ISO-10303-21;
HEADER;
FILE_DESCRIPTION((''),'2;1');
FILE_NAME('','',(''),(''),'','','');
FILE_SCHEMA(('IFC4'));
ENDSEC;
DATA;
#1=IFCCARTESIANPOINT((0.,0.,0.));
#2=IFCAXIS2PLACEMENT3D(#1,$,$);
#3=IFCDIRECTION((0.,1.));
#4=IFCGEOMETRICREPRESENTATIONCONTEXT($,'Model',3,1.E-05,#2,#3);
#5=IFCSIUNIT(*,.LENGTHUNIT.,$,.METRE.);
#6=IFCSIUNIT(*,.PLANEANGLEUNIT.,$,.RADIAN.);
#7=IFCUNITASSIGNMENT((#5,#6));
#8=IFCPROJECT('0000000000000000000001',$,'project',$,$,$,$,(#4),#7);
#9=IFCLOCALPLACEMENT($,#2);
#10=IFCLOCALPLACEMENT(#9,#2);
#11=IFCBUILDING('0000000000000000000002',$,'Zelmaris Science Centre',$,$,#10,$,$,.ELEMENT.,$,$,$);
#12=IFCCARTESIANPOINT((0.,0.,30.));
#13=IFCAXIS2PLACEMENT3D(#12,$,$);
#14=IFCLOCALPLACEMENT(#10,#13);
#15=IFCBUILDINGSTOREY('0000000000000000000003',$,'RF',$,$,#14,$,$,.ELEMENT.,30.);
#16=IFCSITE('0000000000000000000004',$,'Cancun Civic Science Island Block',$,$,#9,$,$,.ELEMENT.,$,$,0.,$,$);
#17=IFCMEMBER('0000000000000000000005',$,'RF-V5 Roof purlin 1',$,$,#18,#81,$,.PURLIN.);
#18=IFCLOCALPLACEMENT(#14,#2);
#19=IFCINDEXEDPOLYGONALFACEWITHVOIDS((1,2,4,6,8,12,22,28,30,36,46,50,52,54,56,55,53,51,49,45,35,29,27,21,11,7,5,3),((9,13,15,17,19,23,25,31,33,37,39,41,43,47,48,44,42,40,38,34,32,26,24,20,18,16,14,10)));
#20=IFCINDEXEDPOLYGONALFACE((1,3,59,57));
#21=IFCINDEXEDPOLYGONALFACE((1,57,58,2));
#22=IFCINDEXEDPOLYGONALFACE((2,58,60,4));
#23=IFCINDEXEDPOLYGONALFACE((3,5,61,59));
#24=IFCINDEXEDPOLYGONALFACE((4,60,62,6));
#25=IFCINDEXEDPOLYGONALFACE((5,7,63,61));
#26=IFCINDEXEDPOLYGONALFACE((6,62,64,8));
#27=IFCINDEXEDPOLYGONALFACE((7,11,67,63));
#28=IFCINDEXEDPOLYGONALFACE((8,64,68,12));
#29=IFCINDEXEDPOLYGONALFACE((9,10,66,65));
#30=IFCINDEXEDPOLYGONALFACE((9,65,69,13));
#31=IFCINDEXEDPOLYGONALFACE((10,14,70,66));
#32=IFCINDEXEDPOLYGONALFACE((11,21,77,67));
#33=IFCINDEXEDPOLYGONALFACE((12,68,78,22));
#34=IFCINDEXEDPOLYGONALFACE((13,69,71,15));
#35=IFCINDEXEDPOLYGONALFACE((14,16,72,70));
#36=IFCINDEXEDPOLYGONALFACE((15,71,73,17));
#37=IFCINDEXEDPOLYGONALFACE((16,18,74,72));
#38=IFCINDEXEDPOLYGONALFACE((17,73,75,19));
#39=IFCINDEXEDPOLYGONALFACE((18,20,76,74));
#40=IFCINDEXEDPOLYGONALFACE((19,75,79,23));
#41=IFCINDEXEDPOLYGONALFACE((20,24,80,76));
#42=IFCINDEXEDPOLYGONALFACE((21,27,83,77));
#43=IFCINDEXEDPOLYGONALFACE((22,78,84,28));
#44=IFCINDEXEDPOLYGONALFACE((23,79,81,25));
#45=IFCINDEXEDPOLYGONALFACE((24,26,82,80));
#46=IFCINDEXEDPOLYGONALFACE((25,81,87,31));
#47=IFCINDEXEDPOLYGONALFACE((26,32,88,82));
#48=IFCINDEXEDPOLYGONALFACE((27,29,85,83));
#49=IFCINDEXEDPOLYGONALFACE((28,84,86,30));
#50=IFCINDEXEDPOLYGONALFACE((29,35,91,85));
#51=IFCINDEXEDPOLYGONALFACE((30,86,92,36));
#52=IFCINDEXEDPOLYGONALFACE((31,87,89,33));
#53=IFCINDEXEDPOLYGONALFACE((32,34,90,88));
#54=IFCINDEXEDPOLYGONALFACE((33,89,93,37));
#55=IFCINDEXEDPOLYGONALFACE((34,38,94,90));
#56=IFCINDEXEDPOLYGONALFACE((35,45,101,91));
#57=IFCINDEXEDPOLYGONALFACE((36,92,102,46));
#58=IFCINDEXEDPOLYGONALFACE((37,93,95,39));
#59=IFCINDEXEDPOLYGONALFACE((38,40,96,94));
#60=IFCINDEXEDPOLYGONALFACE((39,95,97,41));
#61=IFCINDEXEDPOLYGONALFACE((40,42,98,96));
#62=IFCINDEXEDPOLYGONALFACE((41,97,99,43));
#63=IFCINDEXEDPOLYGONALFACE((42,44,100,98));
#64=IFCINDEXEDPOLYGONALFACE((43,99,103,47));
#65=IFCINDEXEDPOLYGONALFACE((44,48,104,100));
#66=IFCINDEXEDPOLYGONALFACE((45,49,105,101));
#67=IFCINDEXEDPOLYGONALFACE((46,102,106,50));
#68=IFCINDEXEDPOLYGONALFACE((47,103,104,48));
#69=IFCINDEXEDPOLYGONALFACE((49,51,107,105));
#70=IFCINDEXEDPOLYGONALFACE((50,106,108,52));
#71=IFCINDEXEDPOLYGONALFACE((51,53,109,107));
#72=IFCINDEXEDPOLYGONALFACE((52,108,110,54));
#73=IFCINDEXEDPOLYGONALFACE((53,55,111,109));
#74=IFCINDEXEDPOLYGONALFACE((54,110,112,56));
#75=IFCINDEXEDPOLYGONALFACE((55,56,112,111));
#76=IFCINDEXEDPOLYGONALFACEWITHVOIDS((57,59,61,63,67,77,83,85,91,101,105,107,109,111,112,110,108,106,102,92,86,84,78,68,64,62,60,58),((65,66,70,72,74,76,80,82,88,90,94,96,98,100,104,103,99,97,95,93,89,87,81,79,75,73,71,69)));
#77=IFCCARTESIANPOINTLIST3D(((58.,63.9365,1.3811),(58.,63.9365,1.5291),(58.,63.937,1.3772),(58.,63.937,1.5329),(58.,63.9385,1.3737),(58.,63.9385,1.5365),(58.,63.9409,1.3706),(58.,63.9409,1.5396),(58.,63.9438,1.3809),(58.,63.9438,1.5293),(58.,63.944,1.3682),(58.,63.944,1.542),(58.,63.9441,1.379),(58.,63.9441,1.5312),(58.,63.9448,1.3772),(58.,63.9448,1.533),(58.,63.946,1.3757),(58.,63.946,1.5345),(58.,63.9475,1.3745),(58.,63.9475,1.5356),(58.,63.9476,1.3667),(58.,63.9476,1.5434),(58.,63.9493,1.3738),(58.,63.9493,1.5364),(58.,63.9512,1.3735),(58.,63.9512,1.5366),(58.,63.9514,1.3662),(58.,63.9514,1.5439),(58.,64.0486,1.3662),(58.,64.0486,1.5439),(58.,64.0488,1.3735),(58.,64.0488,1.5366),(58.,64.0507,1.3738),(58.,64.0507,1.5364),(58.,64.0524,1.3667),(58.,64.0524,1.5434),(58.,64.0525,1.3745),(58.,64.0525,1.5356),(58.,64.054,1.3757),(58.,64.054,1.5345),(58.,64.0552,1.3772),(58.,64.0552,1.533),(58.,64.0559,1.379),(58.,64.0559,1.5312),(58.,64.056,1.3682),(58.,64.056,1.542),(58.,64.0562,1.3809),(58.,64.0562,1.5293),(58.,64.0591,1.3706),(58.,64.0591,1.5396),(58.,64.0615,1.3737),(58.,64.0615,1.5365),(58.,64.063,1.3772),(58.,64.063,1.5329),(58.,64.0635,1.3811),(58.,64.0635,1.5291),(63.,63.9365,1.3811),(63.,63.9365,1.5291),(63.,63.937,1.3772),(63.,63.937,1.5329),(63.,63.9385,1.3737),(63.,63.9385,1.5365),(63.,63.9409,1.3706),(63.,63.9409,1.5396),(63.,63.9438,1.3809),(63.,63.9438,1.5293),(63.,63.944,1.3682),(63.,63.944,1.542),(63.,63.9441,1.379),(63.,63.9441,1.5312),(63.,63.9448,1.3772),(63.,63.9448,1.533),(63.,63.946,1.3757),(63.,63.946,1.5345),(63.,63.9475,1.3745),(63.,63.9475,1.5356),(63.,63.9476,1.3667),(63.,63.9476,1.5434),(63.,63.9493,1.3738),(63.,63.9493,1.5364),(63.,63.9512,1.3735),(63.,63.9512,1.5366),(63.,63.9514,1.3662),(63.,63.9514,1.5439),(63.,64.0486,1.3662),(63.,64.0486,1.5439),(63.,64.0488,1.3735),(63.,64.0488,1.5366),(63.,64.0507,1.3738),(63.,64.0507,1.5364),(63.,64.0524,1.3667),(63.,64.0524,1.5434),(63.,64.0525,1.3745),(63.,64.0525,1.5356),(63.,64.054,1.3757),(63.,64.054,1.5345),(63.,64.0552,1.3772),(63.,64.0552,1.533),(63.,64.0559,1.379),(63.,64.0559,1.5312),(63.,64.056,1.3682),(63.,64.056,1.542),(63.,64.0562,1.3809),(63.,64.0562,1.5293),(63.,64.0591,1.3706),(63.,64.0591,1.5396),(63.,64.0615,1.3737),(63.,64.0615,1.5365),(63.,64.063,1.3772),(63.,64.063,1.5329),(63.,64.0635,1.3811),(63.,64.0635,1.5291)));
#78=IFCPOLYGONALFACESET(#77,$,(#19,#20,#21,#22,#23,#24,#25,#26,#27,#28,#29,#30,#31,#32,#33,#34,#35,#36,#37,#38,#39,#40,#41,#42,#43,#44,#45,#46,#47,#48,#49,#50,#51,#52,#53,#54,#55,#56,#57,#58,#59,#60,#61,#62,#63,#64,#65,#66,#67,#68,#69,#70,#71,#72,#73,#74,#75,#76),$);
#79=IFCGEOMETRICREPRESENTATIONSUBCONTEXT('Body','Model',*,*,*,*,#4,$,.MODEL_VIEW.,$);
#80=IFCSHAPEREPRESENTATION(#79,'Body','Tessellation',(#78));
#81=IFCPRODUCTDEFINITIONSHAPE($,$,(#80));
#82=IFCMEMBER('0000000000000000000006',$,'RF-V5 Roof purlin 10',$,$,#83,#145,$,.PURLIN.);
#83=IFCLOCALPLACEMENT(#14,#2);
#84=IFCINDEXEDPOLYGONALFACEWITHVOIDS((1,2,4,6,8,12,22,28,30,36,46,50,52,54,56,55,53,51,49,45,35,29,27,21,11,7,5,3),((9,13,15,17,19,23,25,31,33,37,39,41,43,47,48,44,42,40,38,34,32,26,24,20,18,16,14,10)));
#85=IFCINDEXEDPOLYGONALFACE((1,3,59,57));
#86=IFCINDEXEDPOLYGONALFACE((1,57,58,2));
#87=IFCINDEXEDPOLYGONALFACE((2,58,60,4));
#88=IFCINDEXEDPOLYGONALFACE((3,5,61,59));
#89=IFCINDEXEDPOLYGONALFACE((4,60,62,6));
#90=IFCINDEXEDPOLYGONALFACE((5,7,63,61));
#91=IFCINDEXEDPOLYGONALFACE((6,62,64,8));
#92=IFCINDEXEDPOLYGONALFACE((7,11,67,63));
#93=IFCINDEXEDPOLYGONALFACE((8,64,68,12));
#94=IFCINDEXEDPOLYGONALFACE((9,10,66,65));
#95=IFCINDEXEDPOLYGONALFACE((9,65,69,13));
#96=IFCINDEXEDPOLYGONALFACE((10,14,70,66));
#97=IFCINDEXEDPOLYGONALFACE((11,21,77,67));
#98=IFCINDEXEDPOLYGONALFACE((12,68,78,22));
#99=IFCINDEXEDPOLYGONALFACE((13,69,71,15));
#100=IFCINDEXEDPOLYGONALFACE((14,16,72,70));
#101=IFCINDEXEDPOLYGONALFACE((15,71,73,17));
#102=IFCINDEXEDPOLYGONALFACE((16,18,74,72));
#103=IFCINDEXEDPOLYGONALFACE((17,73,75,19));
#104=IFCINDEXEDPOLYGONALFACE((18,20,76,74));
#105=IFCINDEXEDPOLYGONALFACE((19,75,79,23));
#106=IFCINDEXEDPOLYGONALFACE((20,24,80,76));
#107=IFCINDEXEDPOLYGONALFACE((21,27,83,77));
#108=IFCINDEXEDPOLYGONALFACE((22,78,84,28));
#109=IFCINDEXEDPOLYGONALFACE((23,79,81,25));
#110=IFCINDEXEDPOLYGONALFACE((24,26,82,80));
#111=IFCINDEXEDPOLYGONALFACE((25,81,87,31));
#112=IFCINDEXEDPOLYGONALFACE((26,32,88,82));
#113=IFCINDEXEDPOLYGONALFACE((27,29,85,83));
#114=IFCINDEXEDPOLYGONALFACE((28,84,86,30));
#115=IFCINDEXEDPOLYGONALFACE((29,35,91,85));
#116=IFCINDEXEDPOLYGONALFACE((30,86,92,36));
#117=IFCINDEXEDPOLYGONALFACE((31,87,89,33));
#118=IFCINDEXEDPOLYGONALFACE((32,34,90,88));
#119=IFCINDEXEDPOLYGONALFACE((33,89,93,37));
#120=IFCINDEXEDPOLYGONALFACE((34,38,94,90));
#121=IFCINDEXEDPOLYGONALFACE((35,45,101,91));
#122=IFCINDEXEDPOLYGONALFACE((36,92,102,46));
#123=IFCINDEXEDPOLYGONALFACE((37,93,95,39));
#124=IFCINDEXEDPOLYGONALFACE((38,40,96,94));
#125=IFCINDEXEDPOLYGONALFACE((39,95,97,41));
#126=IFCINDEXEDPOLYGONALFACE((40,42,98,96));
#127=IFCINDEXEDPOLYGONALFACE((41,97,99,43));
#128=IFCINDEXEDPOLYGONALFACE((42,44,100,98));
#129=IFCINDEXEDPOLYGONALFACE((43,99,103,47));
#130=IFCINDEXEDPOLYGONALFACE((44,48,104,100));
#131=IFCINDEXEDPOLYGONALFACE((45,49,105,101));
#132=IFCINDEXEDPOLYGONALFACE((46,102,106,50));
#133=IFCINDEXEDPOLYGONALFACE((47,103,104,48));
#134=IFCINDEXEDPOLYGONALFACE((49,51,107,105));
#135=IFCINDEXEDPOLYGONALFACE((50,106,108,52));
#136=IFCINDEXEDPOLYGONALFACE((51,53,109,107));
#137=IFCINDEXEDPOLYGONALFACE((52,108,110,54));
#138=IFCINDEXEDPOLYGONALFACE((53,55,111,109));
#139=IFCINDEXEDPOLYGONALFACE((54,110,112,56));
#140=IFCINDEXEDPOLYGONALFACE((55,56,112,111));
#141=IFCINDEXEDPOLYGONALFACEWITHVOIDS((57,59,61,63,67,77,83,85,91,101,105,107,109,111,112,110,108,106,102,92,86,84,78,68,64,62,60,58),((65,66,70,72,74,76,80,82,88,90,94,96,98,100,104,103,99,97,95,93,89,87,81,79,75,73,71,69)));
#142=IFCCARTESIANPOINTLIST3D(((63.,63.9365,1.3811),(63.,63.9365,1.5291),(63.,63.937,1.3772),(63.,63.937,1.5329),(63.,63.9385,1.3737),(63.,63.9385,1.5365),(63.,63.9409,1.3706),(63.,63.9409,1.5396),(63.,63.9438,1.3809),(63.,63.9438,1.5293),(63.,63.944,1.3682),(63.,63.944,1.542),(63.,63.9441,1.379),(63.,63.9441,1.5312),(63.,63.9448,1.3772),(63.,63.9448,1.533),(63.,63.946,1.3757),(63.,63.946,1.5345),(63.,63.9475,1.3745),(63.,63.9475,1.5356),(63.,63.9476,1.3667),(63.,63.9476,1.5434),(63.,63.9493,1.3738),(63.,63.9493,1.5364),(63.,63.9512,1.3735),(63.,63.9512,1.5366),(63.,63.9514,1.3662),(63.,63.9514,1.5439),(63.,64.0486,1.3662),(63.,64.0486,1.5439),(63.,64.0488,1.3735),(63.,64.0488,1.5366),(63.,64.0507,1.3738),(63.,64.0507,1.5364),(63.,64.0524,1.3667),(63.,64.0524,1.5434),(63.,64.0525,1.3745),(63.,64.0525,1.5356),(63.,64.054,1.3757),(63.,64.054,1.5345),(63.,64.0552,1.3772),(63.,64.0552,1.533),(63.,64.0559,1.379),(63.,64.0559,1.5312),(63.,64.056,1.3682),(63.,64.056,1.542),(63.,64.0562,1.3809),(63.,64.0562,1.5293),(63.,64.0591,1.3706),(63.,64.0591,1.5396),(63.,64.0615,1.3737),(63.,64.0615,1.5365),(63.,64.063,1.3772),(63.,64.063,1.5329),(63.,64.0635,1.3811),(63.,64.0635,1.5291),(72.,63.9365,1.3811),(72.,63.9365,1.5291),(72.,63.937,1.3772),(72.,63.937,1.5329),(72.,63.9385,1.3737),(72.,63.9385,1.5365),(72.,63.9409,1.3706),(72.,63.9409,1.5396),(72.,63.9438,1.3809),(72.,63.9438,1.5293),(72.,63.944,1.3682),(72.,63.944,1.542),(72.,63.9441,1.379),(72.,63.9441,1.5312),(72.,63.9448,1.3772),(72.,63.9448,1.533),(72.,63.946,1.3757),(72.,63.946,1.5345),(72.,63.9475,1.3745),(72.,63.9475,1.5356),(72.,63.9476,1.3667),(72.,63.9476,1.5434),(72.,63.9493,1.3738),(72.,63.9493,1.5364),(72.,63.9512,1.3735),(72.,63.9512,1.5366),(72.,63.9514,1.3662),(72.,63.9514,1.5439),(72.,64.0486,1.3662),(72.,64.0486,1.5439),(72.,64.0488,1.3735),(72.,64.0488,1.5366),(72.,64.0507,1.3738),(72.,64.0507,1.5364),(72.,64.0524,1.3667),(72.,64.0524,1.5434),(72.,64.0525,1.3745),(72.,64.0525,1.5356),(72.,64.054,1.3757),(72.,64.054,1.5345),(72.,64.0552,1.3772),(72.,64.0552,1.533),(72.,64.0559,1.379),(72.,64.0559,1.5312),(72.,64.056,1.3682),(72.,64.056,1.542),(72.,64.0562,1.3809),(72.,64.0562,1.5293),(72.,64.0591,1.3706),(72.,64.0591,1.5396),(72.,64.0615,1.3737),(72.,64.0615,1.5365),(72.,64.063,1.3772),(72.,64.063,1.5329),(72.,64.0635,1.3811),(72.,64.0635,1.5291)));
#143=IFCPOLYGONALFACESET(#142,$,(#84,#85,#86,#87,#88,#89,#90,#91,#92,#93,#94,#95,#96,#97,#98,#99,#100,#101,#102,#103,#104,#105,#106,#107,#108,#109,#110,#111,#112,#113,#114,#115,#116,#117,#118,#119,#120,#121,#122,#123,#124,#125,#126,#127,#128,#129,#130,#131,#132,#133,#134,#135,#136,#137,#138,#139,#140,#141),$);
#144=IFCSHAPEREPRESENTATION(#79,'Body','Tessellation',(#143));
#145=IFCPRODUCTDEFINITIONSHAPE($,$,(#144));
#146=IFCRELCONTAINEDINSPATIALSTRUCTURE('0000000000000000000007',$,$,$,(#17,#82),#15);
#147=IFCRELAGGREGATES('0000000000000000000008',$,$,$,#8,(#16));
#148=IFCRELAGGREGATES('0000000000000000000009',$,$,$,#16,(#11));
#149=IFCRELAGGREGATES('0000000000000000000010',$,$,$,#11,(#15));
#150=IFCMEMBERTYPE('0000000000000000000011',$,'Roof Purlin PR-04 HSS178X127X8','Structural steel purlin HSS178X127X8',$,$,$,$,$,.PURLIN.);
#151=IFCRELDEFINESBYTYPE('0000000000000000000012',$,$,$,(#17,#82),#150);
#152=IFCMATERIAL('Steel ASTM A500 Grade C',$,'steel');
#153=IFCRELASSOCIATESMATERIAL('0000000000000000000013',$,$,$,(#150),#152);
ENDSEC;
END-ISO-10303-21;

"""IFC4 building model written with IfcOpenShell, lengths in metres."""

from ifc_helpers import new_model, si_unit, direction, frame, origin, origin_2d, place, context, subcontext, project, spatial, hollow_rectangle, extrude, material, material_profile, profile_set, type_object, element, save


model = new_model("IFC4")

# Units and contexts
model_context = context("Model", 3, precision=1e-05, world=origin(), true_north=direction((0.0, 1.0)))
body_context = subcontext(model_context, "Body", "Model", "MODEL_VIEW")
ifc_project = project(units=[si_unit("LENGTHUNIT", "METRE"), si_unit("PLANEANGLEUNIT", "RADIAN")], contexts=[model_context])

# Site, building, storey
site_placement = place(None, origin())
site = spatial("IfcSite", under=ifc_project, at=site_placement, Name="Cancun Civic Science Island Block", CompositionType="ELEMENT", RefElevation=0.0)
building_placement = place(site_placement, origin())
building = spatial("IfcBuilding", under=site, at=building_placement, Name="Zelmaris Science Centre", CompositionType="ELEMENT")
storey_placement = place(building_placement, frame((0.0, 0.0, 30.0)))
storey = spatial("IfcBuildingStorey", under=building, at=storey_placement, Name="RF", CompositionType="ELEMENT", Elevation=30.0)

# Shared definitions
ifc_material_1 = material(Name="Steel ASTM A500 Grade C", Category="steel")

# Members
ifc_material_profile_1 = material_profile(ifc_material_1, hollow_rectangle(XDim=0.127, YDim=0.1777, WallThickness=0.0073, InnerFilletRadius=0.0073, OuterFilletRadius=0.0149, at=origin_2d()), Name="HSS178X127X8")
ifc_profile_set_1 = profile_set([ifc_material_profile_1], Name="Steel ASTM A500 Grade C")
member_type_1 = type_object("IfcMemberType", Name="Roof Purlin PR-04 HSS178X127X8", Description="Structural steel purlin HSS178X127X8", PredefinedType="PURLIN", material=ifc_profile_set_1)
member_1_placement = place(storey_placement, frame((58.0, 64.0, 1.4551), z_axis=(1.0, 0.0, 0.0), x_axis=(0.0, 1.0, 0.0)))
element("IfcMember", 1, at=member_1_placement, inside=storey, type_object=member_type_1, Name="RF-V5 Roof purlin 1", PredefinedType="PURLIN", context=body_context, shape_type="SweptSolid", body=[
    extrude(hollow_rectangle(XDim=0.127, YDim=0.1777, WallThickness=0.0073, InnerFilletRadius=0.0073, OuterFilletRadius=0.0149, at=origin_2d()), origin(), (0.0, 0.0, 1.0), 5.0),
])
member_2_placement = place(storey_placement, frame((63.0, 64.0, 1.4551), z_axis=(1.0, 0.0, 0.0), x_axis=(0.0, 1.0, 0.0)))
element("IfcMember", 2, at=member_2_placement, inside=storey, type_object=member_type_1, Name="RF-V5 Roof purlin 10", PredefinedType="PURLIN", context=body_context, shape_type="SweptSolid", body=[
    extrude(hollow_rectangle(XDim=0.127, YDim=0.1777, WallThickness=0.0073, InnerFilletRadius=0.0073, OuterFilletRadius=0.0149, at=origin_2d()), origin(), (0.0, 0.0, 1.0), 9.0),
])

save(model, "model.ifc")
